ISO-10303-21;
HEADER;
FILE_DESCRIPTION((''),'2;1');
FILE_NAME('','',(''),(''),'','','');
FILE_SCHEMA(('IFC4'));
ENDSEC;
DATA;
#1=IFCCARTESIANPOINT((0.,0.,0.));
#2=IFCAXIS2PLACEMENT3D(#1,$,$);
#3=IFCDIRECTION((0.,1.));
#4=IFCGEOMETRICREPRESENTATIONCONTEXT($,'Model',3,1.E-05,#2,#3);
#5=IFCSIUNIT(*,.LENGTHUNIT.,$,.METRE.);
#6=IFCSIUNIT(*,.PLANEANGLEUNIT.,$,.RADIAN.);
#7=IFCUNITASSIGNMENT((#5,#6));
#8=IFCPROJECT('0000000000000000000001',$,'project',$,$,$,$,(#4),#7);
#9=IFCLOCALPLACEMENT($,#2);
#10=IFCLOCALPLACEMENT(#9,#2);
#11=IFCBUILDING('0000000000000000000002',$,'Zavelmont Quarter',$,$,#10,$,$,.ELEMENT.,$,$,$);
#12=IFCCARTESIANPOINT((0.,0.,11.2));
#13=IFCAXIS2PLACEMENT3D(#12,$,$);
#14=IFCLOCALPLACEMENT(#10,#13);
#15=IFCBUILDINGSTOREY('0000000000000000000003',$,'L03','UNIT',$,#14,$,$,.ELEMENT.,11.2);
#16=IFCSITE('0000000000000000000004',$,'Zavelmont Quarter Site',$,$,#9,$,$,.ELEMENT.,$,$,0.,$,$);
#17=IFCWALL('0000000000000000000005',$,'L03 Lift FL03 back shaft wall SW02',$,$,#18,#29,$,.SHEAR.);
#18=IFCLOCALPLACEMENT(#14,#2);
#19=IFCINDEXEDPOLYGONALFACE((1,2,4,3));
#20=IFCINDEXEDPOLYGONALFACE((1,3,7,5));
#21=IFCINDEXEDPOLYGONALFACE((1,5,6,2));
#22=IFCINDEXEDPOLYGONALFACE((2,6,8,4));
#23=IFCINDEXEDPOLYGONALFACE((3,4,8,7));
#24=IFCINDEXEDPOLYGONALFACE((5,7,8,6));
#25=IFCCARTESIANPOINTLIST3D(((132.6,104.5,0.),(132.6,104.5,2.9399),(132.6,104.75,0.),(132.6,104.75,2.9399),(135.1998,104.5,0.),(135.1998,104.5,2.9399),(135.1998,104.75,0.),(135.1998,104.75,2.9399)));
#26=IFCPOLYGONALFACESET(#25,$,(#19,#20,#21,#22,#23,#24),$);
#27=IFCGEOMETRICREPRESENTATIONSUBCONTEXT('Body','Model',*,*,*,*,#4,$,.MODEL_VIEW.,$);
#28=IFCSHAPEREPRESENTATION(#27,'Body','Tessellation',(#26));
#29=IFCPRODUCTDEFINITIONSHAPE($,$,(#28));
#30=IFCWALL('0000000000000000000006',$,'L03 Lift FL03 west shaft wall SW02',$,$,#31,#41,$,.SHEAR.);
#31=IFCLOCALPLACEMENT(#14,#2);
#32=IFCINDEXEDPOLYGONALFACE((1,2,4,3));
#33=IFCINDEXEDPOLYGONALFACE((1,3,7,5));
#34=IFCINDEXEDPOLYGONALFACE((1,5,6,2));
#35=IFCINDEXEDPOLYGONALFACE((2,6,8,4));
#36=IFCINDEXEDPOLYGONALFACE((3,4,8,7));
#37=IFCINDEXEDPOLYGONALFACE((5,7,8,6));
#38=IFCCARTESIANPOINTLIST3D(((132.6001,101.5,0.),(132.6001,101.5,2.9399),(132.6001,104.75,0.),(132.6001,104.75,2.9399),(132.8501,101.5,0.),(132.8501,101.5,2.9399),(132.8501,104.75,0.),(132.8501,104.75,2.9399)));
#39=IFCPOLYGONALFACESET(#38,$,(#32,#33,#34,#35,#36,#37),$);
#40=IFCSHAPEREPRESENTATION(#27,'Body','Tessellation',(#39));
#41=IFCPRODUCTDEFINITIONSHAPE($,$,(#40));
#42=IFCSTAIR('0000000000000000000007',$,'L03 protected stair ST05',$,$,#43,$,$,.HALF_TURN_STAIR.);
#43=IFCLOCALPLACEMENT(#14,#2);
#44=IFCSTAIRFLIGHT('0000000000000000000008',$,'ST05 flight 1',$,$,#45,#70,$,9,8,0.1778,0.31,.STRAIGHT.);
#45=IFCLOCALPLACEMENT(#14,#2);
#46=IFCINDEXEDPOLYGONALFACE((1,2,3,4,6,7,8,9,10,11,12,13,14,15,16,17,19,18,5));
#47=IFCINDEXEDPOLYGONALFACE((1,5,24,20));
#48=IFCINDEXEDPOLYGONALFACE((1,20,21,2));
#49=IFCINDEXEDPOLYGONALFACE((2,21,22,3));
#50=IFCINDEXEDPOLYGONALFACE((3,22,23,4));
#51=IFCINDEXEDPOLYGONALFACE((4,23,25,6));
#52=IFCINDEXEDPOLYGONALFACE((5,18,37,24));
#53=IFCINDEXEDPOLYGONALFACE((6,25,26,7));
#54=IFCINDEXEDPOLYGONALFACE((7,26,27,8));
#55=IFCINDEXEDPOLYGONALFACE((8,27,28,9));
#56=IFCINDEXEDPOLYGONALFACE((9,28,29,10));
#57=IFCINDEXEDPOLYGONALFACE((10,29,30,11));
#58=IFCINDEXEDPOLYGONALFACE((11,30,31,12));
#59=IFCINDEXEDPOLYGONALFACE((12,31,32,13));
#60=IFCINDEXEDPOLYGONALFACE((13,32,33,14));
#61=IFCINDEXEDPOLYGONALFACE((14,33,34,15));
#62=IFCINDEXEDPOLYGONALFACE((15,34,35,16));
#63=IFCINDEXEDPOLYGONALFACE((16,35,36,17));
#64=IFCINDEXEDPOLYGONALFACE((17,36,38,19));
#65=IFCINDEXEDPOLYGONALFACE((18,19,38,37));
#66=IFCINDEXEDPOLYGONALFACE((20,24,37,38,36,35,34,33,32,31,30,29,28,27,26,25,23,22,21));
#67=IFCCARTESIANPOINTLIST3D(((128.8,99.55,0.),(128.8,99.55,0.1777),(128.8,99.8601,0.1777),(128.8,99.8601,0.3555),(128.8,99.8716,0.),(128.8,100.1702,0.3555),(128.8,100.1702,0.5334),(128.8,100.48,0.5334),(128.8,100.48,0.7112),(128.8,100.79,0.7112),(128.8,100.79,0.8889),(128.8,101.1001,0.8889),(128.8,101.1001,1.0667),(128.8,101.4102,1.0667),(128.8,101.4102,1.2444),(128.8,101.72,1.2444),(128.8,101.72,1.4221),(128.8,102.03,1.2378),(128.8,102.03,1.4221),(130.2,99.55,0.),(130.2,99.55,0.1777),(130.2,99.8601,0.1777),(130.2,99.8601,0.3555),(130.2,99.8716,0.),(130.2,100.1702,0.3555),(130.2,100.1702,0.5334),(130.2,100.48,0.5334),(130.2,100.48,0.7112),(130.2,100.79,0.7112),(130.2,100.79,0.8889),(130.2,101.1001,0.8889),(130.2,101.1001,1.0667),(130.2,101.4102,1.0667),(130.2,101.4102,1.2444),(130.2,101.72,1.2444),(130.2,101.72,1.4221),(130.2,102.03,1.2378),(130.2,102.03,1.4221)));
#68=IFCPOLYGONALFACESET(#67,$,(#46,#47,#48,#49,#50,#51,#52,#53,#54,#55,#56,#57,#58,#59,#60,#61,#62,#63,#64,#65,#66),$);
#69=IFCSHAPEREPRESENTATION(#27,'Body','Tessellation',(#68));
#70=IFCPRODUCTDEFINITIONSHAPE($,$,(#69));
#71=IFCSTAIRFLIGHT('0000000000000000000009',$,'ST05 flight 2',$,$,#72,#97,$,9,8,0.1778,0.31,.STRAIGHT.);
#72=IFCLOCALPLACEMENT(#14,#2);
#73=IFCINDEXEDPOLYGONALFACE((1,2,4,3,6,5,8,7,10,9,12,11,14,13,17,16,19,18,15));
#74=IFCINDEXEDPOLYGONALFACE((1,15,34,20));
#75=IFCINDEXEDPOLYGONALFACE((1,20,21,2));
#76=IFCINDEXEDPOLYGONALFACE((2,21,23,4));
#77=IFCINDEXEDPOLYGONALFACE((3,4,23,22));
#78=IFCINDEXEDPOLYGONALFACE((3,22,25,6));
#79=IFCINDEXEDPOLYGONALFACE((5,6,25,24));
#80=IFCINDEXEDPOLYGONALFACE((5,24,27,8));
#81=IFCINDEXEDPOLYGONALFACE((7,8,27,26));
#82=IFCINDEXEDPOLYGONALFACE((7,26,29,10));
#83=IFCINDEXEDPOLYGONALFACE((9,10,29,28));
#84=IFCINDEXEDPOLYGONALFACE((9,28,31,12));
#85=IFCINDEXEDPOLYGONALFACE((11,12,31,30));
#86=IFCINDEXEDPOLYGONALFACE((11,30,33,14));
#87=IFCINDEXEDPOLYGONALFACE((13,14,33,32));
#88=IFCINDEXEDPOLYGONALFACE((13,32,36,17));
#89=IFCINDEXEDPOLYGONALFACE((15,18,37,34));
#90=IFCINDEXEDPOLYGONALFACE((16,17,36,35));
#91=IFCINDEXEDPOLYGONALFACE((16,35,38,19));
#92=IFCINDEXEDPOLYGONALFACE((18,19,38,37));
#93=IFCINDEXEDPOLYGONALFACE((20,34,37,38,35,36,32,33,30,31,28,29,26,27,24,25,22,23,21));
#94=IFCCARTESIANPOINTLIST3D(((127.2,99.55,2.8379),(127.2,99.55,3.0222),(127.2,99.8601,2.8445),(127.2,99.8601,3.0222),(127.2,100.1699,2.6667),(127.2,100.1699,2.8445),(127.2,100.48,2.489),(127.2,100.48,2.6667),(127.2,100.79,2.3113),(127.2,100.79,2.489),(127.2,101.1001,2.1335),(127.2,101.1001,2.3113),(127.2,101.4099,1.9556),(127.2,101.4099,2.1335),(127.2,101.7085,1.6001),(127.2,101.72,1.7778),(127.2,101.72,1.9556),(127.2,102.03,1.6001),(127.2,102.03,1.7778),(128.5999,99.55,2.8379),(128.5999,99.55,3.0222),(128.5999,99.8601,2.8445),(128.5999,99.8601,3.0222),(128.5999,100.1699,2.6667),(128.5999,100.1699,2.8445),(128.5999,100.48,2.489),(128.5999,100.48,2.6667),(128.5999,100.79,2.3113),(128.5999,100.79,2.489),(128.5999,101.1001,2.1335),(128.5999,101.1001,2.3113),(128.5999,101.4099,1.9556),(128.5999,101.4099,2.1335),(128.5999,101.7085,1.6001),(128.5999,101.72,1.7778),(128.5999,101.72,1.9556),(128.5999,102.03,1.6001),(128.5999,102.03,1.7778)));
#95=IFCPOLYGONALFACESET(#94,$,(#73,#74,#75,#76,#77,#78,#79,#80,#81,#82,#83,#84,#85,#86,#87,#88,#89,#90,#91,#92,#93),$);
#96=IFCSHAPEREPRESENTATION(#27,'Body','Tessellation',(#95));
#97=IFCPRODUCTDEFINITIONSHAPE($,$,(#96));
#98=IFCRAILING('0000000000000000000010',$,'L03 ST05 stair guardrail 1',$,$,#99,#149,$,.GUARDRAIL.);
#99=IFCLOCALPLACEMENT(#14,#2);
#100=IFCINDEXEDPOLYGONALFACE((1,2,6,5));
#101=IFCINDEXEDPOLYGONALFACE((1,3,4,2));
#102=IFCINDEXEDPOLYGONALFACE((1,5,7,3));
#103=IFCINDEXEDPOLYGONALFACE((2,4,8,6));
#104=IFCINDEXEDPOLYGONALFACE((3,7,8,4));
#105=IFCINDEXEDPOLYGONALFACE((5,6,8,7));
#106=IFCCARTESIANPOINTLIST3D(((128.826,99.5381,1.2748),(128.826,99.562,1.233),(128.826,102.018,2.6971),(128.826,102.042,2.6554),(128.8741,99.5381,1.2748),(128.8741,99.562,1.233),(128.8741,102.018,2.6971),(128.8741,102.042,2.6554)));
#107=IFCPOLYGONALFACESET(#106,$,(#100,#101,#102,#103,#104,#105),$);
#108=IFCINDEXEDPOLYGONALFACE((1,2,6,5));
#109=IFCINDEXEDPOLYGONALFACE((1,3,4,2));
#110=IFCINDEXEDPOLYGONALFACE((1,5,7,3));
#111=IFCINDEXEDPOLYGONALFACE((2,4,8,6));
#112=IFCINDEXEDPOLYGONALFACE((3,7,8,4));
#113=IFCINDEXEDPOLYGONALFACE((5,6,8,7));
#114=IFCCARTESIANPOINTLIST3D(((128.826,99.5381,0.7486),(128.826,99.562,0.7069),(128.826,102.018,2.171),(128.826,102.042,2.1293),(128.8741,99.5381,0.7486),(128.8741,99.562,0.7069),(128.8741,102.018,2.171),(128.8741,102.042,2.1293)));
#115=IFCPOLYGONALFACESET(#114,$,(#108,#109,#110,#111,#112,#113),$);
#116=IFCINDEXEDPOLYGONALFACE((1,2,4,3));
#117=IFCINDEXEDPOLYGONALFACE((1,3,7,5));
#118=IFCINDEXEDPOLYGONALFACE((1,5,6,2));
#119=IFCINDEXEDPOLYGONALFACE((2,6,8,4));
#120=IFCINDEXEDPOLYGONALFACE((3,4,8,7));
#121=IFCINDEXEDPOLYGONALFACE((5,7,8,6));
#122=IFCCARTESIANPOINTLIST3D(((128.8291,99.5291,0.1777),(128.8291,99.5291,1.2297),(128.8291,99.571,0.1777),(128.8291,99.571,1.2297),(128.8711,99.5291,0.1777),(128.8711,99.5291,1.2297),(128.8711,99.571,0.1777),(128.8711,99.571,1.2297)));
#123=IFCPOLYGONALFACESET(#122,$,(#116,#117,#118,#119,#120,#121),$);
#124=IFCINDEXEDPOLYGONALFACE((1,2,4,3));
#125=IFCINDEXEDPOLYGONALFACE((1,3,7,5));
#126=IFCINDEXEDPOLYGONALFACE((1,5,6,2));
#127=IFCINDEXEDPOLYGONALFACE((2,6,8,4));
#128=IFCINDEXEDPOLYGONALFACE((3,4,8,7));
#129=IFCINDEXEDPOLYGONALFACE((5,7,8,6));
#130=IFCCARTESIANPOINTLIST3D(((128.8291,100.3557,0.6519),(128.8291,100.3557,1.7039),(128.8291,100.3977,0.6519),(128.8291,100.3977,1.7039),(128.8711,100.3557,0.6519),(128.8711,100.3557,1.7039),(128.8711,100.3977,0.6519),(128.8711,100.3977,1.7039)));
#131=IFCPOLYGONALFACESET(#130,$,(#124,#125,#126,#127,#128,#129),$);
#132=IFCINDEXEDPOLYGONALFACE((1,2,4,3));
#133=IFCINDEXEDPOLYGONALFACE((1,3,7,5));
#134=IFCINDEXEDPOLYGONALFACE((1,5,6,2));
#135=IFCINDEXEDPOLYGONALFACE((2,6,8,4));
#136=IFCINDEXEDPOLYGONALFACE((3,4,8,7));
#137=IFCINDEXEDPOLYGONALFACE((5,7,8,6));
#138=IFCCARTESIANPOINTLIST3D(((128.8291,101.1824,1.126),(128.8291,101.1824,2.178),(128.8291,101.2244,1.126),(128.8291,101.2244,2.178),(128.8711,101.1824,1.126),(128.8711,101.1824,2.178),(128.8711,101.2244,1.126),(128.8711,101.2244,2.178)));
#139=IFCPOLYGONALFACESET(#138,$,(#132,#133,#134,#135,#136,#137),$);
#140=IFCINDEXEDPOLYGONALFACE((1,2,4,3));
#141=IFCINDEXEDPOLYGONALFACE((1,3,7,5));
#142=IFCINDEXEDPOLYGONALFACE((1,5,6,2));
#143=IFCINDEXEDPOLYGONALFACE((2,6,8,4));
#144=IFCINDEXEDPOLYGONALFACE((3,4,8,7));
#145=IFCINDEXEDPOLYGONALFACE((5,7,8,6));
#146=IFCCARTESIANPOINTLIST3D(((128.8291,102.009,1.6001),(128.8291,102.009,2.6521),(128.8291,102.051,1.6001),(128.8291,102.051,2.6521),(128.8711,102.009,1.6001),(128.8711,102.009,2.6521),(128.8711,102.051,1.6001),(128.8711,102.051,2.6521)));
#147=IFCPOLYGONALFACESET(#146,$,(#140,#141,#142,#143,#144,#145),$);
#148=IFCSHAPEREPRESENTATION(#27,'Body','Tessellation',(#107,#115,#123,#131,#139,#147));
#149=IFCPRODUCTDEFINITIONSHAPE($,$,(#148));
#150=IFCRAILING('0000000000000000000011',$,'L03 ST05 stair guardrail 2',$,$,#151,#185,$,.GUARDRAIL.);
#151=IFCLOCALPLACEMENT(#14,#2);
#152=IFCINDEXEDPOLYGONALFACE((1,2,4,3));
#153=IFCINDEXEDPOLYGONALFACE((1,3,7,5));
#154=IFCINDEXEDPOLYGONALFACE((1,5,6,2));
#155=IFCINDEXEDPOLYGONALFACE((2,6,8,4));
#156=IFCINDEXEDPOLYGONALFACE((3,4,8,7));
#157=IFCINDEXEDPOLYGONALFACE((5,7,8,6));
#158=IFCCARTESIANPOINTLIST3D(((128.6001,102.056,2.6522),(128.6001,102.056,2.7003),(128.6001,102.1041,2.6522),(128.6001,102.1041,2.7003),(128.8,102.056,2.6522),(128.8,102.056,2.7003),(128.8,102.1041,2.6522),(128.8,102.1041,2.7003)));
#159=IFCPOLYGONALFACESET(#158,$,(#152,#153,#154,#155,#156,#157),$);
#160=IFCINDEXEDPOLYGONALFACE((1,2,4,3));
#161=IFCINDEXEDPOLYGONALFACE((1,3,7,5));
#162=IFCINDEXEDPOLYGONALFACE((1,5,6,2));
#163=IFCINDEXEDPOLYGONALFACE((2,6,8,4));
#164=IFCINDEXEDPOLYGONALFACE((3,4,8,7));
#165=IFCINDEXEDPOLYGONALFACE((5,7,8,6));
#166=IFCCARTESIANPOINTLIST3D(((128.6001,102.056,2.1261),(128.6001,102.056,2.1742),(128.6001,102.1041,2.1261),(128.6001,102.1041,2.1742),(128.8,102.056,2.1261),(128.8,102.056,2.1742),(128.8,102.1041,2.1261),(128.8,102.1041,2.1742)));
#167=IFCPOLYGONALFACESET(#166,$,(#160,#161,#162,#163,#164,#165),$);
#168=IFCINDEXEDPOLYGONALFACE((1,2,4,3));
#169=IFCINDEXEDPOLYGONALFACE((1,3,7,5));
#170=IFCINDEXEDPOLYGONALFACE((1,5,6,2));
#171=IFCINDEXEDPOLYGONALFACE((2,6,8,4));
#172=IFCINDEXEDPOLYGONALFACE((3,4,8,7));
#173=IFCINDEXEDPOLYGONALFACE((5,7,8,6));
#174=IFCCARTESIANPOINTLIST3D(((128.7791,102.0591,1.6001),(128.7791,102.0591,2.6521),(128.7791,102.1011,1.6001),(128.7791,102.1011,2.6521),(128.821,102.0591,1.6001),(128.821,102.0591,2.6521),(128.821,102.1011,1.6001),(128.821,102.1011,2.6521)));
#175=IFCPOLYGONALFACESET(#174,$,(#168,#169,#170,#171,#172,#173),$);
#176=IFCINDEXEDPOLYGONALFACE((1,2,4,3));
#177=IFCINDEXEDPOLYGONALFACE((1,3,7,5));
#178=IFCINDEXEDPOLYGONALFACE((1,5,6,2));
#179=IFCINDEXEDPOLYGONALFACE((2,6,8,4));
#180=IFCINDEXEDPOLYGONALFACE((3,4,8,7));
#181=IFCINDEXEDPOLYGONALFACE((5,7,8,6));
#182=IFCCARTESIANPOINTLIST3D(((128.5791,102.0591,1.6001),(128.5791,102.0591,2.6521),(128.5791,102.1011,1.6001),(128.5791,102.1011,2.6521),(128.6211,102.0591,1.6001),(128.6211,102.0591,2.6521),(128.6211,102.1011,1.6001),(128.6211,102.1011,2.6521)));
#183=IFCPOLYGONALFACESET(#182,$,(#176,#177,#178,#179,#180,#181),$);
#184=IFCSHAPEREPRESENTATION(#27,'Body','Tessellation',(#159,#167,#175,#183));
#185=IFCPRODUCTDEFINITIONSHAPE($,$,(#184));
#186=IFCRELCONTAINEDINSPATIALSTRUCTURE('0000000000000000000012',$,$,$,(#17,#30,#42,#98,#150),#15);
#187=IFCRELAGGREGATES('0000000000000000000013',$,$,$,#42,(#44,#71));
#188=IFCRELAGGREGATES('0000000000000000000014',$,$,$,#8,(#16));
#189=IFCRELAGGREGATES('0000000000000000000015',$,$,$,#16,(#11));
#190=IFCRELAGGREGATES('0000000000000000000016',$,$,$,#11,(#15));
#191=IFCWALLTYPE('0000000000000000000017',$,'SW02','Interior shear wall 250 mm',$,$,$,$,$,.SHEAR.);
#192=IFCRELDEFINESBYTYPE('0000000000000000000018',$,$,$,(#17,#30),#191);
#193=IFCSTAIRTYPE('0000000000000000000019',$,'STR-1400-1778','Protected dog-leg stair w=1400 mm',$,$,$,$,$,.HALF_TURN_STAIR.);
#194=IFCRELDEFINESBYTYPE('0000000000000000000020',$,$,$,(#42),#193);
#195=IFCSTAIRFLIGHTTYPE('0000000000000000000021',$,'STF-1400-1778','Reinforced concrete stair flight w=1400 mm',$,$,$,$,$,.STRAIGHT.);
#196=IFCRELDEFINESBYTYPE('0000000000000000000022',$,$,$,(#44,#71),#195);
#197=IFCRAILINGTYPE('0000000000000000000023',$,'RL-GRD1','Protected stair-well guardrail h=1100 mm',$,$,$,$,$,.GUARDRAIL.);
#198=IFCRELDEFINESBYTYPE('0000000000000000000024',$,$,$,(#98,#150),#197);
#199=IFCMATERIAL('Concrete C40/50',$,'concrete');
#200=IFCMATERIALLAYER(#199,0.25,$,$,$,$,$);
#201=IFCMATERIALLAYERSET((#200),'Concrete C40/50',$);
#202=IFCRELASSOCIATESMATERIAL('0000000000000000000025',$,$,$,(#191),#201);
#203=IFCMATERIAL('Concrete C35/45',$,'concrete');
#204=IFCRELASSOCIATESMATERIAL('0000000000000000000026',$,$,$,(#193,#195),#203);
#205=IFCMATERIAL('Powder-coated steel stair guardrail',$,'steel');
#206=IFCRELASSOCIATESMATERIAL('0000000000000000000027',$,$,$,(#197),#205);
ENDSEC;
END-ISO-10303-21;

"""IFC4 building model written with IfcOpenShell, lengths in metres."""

from ifc_helpers import new_model, si_unit, direction, frame, frame_2d, origin, origin_2d, place, context, subcontext, project, spatial, polyline, rectangle, outline, extrude, material, layer, layer_set, type_object, element, aggregate, save


model = new_model("IFC4")

# Units and contexts
model_context = context("Model", 3, precision=1e-05, world=origin(), true_north=direction((0.0, 1.0)))
body_context = subcontext(model_context, "Body", "Model", "MODEL_VIEW")
ifc_project = project(units=[si_unit("LENGTHUNIT", "METRE"), si_unit("PLANEANGLEUNIT", "RADIAN")], contexts=[model_context])

# Site, building, storey
site_placement = place(None, origin())
site = spatial("IfcSite", under=ifc_project, at=site_placement, Name="Zavelmont Quarter Site", CompositionType="ELEMENT", RefElevation=0.0)
building_placement = place(site_placement, origin())
building = spatial("IfcBuilding", under=site, at=building_placement, Name="Zavelmont Quarter", CompositionType="ELEMENT")
storey_placement = place(building_placement, frame((0.0, 0.0, 11.2)))
storey = spatial("IfcBuildingStorey", under=building, at=storey_placement, Name="L03", Description="UNIT", CompositionType="ELEMENT", Elevation=11.2)

# Shared definitions
ifc_material_1 = material(Name="Concrete C40/50", Category="concrete")

# Shared definitions
ifc_layer_1 = layer(ifc_material_1, 0.25)
ifc_layer_set_1 = layer_set([ifc_layer_1], Name="Concrete C40/50")
wall_type_1 = type_object("IfcWallType", Name="SW02", Description="Interior shear wall 250 mm", PredefinedType="SHEAR", material=ifc_layer_set_1)

# Walls
wall_1_placement = place(storey_placement, frame((132.6001, 104.625, 0.0), z_axis=(0.0, 0.0, 1.0), x_axis=(1.0, 0.0, 0.0)))
element("IfcWall", 1, at=wall_1_placement, inside=storey, type_object=wall_type_1, Name="L03 Lift FL03 back shaft wall SW02", PredefinedType="SHEAR", context=body_context, shape_type="SweptSolid", body=[
    extrude(rectangle(XDim=2.5999, YDim=0.25, at=frame_2d((1.2998, 0.0))), origin(), (0.0, 0.0, 1.0), 2.9399),
])
wall_2_placement = place(storey_placement, frame((132.7251, 101.5, 0.0), z_axis=(0.0, 0.0, 1.0), x_axis=(0.0, 1.0, 0.0)))
element("IfcWall", 2, at=wall_2_placement, inside=storey, type_object=wall_type_1, Name="L03 Lift FL03 west shaft wall SW02", PredefinedType="SHEAR", context=body_context, shape_type="SweptSolid", body=[
    extrude(rectangle(XDim=3.25, YDim=0.25, at=frame_2d((1.625, 0.0))), origin(), (0.0, 0.0, 1.0), 2.9399),
])

# Stair, stair flights
ifc_material_2 = material(Name="Concrete C35/45", Category="concrete")
stair_type = type_object("IfcStairType", Name="STR-1400-1778", Description="Protected dog-leg stair w=1400 mm", PredefinedType="HALF_TURN_STAIR", material=ifc_material_2)
stair_placement = place(storey_placement, origin())
stair = element("IfcStair", 3, at=stair_placement, inside=storey, type_object=stair_type, Name="L03 protected stair ST05", PredefinedType="HALF_TURN_STAIR")
stair_flight_type = type_object("IfcStairFlightType", Name="STF-1400-1778", Description="Reinforced concrete stair flight w=1400 mm", PredefinedType="STRAIGHT", material=ifc_material_2)
stair_flight_1_placement = place(storey_placement, frame((129.5, 99.55, 0.0), z_axis=(0.0, 0.0, 1.0), x_axis=(0.0, 1.0, 0.0)))
stair_flight_1 = element("IfcStairFlight", 4, at=stair_flight_1_placement, type_object=stair_flight_type, Name="ST05 flight 1", NumberOfRisers=9, NumberOfTreads=8, PredefinedType="STRAIGHT", RiserHeight=0.1778, TreadLength=0.31, context=body_context, shape_type="SweptSolid", body=[
    extrude(outline(polyline([(0.0, 0.0), (0.0, 0.1777), (0.3101, 0.1777), (0.3101, 0.3555), (0.6201, 0.3555), (0.6201, 0.5334), (0.9299, 0.5334), (0.9299, 0.7112), (1.24, 0.7112), (1.24, 0.8889), (1.55, 0.8889), (1.55, 1.0667), (1.8601, 1.0667), (1.8601, 1.2444), (2.1699, 1.2444), (2.1699, 1.4221), (2.48, 1.4221), (2.48, 1.6001), (2.48, 1.2378), (0.3215, 0.0), (0.0, 0.0)])), frame((0.0, 0.7, 0.0), z_axis=(0.0, -1.0, 0.0), x_axis=(1.0, 0.0, 0.0)), (0.0, 0.0, 1.0), 1.3999),
])
stair_flight_2_placement = place(storey_placement, frame((127.8999, 102.03, 1.6001), z_axis=(0.0, 0.0, 1.0), x_axis=(0.0, -1.0, 0.0)))
stair_flight_2 = element("IfcStairFlight", 5, at=stair_flight_2_placement, type_object=stair_flight_type, Name="ST05 flight 2", NumberOfRisers=9, NumberOfTreads=8, PredefinedType="STRAIGHT", RiserHeight=0.1778, TreadLength=0.31, context=body_context, shape_type="SweptSolid", body=[
    extrude(outline(polyline([(0.0, 0.0), (0.0, 0.1777), (0.3101, 0.1777), (0.3101, 0.3555), (0.6201, 0.3555), (0.6201, 0.5334), (0.9299, 0.5334), (0.9299, 0.7112), (1.24, 0.7112), (1.24, 0.8889), (1.55, 0.8889), (1.55, 1.0667), (1.8601, 1.0667), (1.8601, 1.2444), (2.1699, 1.2444), (2.1699, 1.4221), (2.48, 1.4221), (2.48, 1.6001), (2.48, 1.2378), (0.3215, 0.0), (0.0, 0.0)])), frame((0.0, 0.7, 0.0), z_axis=(0.0, -1.0, 0.0), x_axis=(1.0, 0.0, 0.0)), (0.0, 0.0, 1.0), 1.3999),
])
aggregate(stair, [stair_flight_1, stair_flight_2])

# Railings
ifc_material_3 = material(Name="Powder-coated steel stair guardrail", Category="steel")
railing_type_1 = type_object("IfcRailingType", Name="RL-GRD1", Description="Protected stair-well guardrail h=1100 mm", PredefinedType="GUARDRAIL", material=ifc_material_3)
railing_1_placement = place(storey_placement, frame((128.8501, 99.55, 0.1777)))
element("IfcRailing", 6, at=railing_1_placement, inside=storey, type_object=railing_type_1, Name="L03 ST05 stair guardrail 1", PredefinedType="GUARDRAIL", context=body_context, shape_type="SweptSolid", body=[
    extrude(rectangle(XDim=0.0481, YDim=0.0481, at=origin_2d()), frame((0.0, 0.0, 1.0762), z_axis=(0.0, 0.867454, 0.497518), x_axis=(-1.0, 0.0, 0.0)), (0.0, 0.0, 1.0), 2.8589),
    extrude(rectangle(XDim=0.0481, YDim=0.0481, at=origin_2d()), frame((0.0, 0.0, 0.55), z_axis=(0.0, 0.867454, 0.497518), x_axis=(-1.0, 0.0, 0.0)), (0.0, 0.0, 1.0), 2.8589),
    extrude(rectangle(XDim=0.042, YDim=0.042, at=origin_2d()), origin(), (0.0, 0.0, 1.0), 1.052),
    extrude(rectangle(XDim=0.042, YDim=0.042, at=origin_2d()), frame((0.0, 0.8267, 0.4741)), (0.0, 0.0, 1.0), 1.052),
    extrude(rectangle(XDim=0.042, YDim=0.042, at=origin_2d()), frame((0.0, 1.6533, 0.9482)), (0.0, 0.0, 1.0), 1.052),
    extrude(rectangle(XDim=0.042, YDim=0.042, at=origin_2d()), frame((0.0, 2.48, 1.4224)), (0.0, 0.0, 1.0), 1.052),
])
railing_2_placement = place(storey_placement, frame((128.8, 102.0801, 1.6001)))
element("IfcRailing", 7, at=railing_2_placement, inside=storey, type_object=railing_type_1, Name="L03 ST05 stair guardrail 2", PredefinedType="GUARDRAIL", context=body_context, shape_type="SweptSolid", body=[
    extrude(rectangle(XDim=0.0481, YDim=0.0481, at=origin_2d()), frame((0.0, 0.0, 1.0762), z_axis=(-1.0, 0.0, 0.0), x_axis=(0.0, -1.0, 0.0)), (0.0, 0.0, 1.0), 0.2),
    extrude(rectangle(XDim=0.0481, YDim=0.0481, at=origin_2d()), frame((0.0, 0.0, 0.55), z_axis=(-1.0, 0.0, 0.0), x_axis=(0.0, -1.0, 0.0)), (0.0, 0.0, 1.0), 0.2),
    extrude(rectangle(XDim=0.042, YDim=0.042, at=origin_2d()), origin(), (0.0, 0.0, 1.0), 1.052),
    extrude(rectangle(XDim=0.042, YDim=0.042, at=origin_2d()), frame((-0.2, 0.0, 0.0)), (0.0, 0.0, 1.0), 1.052),
])

save(model, "model.ifc")
